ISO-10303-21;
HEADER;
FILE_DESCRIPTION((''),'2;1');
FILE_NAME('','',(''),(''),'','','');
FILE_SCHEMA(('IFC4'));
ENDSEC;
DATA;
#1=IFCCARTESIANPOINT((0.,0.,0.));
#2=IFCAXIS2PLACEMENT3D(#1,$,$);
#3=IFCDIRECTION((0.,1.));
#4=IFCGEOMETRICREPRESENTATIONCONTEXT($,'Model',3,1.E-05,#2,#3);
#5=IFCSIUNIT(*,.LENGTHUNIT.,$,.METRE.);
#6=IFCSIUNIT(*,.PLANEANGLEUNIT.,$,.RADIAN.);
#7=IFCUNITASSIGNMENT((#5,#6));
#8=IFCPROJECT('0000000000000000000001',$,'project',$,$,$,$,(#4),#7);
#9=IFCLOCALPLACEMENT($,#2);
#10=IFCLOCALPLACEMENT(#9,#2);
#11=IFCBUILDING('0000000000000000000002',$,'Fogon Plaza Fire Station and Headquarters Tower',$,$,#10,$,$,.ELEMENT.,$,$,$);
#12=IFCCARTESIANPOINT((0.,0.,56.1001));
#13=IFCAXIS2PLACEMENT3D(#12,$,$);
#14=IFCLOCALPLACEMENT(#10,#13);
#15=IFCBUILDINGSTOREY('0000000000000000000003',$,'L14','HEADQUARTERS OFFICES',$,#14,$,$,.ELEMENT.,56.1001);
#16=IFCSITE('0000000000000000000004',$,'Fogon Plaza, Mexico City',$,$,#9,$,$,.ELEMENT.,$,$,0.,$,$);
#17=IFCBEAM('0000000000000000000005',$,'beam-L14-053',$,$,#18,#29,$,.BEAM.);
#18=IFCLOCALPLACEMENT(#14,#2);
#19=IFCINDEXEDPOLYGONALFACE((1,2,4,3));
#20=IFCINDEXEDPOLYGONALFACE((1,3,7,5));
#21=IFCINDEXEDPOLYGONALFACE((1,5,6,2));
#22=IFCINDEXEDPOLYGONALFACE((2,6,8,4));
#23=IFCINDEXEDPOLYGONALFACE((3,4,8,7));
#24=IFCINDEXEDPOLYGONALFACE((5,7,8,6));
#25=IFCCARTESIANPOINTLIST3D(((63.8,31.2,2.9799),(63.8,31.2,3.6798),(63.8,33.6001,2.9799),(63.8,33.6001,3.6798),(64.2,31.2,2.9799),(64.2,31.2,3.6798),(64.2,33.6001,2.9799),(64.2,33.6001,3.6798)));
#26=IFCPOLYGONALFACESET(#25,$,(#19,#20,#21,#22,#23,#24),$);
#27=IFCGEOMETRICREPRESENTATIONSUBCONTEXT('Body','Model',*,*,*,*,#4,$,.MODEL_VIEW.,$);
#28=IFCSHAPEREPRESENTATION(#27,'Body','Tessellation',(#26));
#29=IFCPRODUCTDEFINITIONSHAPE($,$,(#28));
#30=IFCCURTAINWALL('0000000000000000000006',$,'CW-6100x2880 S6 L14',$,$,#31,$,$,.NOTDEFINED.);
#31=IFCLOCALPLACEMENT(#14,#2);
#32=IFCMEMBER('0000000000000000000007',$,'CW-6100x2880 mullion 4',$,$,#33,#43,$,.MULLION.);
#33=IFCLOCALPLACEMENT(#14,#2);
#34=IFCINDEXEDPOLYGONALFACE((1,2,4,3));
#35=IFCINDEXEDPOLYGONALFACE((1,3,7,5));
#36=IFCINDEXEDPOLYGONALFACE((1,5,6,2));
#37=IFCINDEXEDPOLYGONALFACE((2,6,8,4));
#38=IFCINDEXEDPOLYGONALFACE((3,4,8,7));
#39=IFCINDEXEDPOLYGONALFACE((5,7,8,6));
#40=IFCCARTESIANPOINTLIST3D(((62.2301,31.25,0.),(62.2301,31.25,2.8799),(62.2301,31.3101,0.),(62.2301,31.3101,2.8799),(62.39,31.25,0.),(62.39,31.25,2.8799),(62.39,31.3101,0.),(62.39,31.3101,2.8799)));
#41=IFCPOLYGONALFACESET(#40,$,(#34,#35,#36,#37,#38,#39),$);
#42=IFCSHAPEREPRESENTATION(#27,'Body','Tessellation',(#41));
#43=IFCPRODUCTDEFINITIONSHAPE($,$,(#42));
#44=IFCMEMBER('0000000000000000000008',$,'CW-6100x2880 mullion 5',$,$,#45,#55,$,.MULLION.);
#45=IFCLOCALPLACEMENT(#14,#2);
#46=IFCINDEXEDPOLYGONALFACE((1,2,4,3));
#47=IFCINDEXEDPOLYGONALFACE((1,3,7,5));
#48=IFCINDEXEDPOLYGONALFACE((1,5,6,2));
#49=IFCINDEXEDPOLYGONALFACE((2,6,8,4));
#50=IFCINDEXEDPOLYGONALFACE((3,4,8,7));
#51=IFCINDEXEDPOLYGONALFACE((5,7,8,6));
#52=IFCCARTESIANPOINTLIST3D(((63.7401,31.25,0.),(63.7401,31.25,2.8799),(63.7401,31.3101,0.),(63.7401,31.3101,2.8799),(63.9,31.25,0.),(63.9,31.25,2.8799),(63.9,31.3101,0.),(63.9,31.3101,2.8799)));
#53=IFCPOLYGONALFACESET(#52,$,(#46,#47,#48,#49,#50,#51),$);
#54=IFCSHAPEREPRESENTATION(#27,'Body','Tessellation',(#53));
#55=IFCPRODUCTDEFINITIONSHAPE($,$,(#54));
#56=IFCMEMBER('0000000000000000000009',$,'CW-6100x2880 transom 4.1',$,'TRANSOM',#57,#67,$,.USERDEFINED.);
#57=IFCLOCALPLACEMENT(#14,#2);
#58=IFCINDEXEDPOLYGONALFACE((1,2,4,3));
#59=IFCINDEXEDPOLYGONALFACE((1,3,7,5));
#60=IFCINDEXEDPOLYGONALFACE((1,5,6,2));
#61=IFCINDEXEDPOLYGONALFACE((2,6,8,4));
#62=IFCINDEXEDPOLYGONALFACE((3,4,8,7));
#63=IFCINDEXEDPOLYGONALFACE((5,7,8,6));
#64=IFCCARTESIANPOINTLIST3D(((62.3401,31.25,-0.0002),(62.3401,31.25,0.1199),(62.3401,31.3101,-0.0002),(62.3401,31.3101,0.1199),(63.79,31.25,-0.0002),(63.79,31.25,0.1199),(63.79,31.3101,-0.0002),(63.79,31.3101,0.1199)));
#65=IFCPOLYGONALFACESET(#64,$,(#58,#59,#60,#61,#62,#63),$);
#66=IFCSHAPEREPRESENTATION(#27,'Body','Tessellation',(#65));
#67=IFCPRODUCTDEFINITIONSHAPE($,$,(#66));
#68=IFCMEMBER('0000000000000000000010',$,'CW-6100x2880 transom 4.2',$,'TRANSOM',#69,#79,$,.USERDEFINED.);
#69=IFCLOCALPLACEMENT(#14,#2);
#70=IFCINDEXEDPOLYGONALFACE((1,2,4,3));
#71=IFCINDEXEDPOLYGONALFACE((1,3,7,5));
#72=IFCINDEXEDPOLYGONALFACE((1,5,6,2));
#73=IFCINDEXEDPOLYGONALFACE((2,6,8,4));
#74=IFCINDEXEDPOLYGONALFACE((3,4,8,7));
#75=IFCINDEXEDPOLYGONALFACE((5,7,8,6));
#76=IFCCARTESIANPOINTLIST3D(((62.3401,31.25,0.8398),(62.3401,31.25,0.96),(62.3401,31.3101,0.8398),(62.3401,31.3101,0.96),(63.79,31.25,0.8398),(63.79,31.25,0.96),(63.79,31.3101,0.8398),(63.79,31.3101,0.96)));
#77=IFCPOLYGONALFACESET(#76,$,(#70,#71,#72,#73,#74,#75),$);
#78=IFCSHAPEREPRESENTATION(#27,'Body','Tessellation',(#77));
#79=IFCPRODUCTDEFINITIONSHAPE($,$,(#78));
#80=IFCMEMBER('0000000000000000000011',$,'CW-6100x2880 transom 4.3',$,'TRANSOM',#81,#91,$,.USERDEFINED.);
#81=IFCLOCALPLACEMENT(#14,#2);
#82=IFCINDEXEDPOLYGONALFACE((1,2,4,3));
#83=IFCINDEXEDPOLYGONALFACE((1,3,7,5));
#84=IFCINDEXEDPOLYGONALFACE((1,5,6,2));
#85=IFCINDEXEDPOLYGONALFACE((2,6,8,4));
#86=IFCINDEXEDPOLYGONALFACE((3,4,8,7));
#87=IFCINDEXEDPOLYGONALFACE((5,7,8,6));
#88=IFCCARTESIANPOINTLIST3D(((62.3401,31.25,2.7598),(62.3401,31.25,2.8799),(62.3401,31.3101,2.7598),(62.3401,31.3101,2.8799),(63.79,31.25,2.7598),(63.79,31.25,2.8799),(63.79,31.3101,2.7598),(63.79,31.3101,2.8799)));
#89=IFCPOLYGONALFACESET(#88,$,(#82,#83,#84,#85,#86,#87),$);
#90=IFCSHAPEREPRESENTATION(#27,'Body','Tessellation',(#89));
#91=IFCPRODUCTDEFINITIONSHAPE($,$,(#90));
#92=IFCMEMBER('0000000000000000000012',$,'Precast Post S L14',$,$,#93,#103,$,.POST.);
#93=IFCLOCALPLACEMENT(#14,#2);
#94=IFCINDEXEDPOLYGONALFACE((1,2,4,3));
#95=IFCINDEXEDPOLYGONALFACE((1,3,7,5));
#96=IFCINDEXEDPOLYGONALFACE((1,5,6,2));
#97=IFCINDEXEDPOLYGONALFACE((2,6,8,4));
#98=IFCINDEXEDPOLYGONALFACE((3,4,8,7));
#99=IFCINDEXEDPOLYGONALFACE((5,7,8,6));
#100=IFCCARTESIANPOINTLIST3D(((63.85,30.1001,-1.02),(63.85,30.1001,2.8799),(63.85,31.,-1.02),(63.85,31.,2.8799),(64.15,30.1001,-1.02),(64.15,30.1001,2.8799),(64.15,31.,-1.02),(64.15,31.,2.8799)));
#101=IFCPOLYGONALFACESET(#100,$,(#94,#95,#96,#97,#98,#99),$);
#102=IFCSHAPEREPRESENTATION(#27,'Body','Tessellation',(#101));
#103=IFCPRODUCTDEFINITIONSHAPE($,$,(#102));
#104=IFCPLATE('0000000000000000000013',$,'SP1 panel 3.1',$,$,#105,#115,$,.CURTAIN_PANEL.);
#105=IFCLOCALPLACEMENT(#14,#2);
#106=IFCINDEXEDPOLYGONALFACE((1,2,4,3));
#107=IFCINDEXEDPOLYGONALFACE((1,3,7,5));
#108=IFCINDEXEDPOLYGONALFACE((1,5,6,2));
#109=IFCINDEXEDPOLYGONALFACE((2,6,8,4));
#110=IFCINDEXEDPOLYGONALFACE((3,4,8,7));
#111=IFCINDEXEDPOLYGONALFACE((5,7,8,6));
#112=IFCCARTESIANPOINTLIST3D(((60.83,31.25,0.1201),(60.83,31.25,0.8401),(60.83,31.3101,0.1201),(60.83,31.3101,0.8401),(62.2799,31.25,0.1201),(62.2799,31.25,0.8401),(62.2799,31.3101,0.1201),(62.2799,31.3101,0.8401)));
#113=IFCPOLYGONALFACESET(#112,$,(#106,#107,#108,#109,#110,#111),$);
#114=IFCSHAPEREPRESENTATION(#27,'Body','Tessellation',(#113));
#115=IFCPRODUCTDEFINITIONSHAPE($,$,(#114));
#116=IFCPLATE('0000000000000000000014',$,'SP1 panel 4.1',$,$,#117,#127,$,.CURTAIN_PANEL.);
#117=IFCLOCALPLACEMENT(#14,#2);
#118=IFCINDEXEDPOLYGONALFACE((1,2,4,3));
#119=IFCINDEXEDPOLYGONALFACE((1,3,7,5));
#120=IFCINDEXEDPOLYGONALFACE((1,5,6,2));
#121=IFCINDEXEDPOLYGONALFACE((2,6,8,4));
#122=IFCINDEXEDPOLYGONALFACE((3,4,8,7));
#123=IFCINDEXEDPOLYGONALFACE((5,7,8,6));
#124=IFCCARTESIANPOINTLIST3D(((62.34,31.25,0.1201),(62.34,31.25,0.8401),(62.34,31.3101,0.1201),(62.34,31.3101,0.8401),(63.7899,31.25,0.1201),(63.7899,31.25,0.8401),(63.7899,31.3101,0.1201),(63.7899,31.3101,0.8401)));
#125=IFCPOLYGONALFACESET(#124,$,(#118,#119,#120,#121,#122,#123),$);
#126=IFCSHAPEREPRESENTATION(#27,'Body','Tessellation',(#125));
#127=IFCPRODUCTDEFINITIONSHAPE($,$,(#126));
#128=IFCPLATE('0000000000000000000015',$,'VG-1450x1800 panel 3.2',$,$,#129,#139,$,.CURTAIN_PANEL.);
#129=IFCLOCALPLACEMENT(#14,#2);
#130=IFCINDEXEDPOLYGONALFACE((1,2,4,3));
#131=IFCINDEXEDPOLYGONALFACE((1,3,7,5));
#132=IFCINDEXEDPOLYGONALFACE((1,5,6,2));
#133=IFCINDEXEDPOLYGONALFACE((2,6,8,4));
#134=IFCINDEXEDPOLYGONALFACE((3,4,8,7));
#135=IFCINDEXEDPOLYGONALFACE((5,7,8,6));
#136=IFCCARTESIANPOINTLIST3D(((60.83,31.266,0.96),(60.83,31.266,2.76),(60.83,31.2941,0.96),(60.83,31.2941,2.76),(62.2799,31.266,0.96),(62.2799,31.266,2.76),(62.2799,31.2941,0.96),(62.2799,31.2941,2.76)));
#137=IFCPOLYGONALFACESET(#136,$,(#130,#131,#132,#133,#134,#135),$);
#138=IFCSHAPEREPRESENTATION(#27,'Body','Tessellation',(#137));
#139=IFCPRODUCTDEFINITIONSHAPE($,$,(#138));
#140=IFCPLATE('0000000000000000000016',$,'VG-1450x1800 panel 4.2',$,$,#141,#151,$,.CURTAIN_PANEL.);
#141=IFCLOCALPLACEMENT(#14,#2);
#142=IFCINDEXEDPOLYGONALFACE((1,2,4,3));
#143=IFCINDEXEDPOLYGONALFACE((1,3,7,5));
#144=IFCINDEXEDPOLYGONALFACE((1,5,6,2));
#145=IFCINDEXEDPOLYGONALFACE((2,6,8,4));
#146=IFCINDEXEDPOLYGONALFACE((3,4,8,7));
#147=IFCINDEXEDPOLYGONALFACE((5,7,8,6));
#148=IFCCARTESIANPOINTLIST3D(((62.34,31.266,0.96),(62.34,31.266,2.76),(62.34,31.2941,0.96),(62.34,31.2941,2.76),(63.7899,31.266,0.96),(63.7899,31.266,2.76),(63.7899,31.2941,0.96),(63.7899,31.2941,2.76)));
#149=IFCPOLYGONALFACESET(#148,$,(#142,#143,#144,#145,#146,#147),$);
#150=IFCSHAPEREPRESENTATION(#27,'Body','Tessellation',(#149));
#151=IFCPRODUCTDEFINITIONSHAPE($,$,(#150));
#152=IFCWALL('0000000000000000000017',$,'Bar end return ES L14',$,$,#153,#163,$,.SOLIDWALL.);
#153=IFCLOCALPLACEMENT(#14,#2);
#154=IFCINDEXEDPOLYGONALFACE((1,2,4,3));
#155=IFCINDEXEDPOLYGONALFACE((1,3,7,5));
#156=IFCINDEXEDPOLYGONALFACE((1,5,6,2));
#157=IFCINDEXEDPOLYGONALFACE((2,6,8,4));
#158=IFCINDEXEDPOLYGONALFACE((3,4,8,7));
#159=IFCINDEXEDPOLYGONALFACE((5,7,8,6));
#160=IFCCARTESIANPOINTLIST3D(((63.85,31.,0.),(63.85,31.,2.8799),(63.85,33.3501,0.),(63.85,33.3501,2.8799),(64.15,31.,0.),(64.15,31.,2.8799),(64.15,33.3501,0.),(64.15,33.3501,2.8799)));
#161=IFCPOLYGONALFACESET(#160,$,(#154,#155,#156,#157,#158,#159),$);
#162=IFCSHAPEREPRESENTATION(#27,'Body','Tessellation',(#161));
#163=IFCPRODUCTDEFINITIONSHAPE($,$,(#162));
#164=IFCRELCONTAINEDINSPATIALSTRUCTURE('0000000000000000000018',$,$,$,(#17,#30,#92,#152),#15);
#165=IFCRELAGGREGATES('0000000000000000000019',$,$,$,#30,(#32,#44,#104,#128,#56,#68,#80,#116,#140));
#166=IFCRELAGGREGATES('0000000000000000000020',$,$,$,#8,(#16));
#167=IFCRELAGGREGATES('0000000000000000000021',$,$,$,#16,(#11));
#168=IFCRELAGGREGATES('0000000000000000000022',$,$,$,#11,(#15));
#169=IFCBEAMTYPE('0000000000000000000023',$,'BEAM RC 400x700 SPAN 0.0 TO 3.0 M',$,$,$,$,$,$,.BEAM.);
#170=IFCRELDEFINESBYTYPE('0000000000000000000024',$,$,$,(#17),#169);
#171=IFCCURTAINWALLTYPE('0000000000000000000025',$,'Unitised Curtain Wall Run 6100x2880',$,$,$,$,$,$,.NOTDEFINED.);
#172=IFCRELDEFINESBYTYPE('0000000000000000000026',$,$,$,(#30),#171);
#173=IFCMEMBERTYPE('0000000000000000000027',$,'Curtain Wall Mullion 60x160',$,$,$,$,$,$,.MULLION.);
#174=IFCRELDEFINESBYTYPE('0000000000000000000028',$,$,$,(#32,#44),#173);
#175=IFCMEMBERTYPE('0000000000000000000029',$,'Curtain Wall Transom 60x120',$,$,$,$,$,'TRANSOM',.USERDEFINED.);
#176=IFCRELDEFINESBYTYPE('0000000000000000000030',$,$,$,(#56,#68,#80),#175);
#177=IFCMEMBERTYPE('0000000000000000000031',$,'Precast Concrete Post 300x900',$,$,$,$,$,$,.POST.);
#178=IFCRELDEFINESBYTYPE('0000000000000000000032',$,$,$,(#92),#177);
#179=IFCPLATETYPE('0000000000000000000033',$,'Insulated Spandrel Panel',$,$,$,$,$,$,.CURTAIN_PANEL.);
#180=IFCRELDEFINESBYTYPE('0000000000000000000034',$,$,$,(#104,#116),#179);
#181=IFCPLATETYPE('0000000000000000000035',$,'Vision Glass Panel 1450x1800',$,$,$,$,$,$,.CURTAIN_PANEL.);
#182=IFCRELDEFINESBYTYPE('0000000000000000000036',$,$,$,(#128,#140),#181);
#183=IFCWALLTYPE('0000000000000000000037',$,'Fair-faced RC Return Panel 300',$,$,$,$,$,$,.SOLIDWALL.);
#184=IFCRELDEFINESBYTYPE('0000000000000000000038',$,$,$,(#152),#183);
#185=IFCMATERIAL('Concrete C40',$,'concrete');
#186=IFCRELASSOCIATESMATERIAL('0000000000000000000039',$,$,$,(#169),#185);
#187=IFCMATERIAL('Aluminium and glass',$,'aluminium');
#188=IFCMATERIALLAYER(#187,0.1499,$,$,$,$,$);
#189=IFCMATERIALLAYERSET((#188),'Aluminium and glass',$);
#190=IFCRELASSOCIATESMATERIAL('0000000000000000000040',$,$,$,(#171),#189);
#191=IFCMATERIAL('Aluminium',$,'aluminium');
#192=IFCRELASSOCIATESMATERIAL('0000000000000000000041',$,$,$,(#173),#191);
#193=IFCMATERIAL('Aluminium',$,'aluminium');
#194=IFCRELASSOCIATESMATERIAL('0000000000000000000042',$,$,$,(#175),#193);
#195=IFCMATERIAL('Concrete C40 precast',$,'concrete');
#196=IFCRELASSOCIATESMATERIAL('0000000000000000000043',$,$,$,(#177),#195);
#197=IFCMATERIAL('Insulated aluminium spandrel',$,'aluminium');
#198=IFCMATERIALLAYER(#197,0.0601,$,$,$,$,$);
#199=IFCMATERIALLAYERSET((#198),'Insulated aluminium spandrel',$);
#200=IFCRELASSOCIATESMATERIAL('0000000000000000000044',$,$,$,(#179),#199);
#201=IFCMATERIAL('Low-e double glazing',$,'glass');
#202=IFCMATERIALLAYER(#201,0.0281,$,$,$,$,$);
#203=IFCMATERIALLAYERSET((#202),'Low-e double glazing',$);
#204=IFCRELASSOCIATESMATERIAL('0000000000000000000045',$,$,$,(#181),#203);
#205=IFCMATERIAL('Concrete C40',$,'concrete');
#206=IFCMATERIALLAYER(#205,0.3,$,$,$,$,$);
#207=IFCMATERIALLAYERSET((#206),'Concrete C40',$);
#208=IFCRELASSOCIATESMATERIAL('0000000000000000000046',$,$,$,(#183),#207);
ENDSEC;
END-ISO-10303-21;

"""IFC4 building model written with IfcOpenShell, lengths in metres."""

from ifc_helpers import new_model, si_unit, direction, frame, frame_2d, origin, origin_2d, place, context, subcontext, project, spatial, rectangle, extrude, material, layer, layer_set, material_profile, profile_set, type_object, element, aggregate, save


model = new_model("IFC4")

# Units and contexts
model_context = context("Model", 3, precision=1e-05, world=origin(), true_north=direction((0.0, 1.0)))
body_context = subcontext(model_context, "Body", "Model", "MODEL_VIEW")
ifc_project = project(units=[si_unit("LENGTHUNIT", "METRE"), si_unit("PLANEANGLEUNIT", "RADIAN")], contexts=[model_context])

# Site, building, storey
site_placement = place(None, origin())
site = spatial("IfcSite", under=ifc_project, at=site_placement, Name="Fogon Plaza, Mexico City", CompositionType="ELEMENT", RefElevation=0.0)
building_placement = place(site_placement, origin())
building = spatial("IfcBuilding", under=site, at=building_placement, Name="Fogon Plaza Fire Station and Headquarters Tower", CompositionType="ELEMENT")
storey_placement = place(building_placement, frame((0.0, 0.0, 56.1001)))
storey = spatial("IfcBuildingStorey", under=building, at=storey_placement, Name="L14", Description="HEADQUARTERS OFFICES", CompositionType="ELEMENT", Elevation=56.1001)

# Beam
ifc_material_1 = material(Name="Concrete C40", Category="concrete")
ifc_material_profile_1 = material_profile(ifc_material_1, rectangle(XDim=0.3999, YDim=0.7, at=origin_2d()), Name="RC 400x700")
ifc_profile_set_1 = profile_set([ifc_material_profile_1], Name="Concrete C40")
beam_type = type_object("IfcBeamType", Name="BEAM RC 400x700 SPAN 0.0 TO 3.0 M", PredefinedType="BEAM", material=ifc_profile_set_1)
beam_placement = place(storey_placement, frame((64.0, 31.2, 3.3298), z_axis=(0.0, 1.0, 0.0), x_axis=(-1.0, 0.0, 0.0)))
element("IfcBeam", 1, at=beam_placement, inside=storey, type_object=beam_type, Name="beam-L14-053", PredefinedType="BEAM", context=body_context, shape_type="SweptSolid", body=[
    extrude(rectangle(XDim=0.3999, YDim=0.7, at=origin_2d()), origin(), (0.0, 0.0, 1.0), 2.4001),
])

# Curtain wall, members
ifc_material_2 = material(Name="Aluminium and glass", Category="aluminium")
ifc_layer_1 = layer(ifc_material_2, 0.1499)
ifc_layer_set_1 = layer_set([ifc_layer_1], Name="Aluminium and glass")
curtain_wall_type = type_object("IfcCurtainWallType", Name="Unitised Curtain Wall Run 6100x2880", PredefinedType="NOTDEFINED", material=ifc_layer_set_1)
curtain_wall_placement = place(storey_placement, origin())
curtain_wall = element("IfcCurtainWall", 2, at=curtain_wall_placement, inside=storey, type_object=curtain_wall_type, Name="CW-6100x2880 S6 L14", PredefinedType="NOTDEFINED")
ifc_material_3 = material(Name="Aluminium", Category="aluminium")
ifc_material_profile_2 = material_profile(ifc_material_3, rectangle(XDim=0.0601, YDim=0.1599, at=origin_2d()), Name="Curtain Wall Mullion 60x160")
ifc_profile_set_2 = profile_set([ifc_material_profile_2], Name="Aluminium")
member_type_1 = type_object("IfcMemberType", Name="Curtain Wall Mullion 60x160", PredefinedType="MULLION", material=ifc_profile_set_2)
member_1_placement = place(storey_placement, frame((62.3101, 31.28, 0.0), z_axis=(0.0, 0.0, 1.0), x_axis=(0.0, 1.0, 0.0)))
member_1 = element("IfcMember", 3, at=member_1_placement, type_object=member_type_1, Name="CW-6100x2880 mullion 4", PredefinedType="MULLION", context=body_context, shape_type="SweptSolid", body=[
    extrude(rectangle(XDim=0.0601, YDim=0.1599, at=origin_2d()), origin(), (0.0, 0.0, 1.0), 2.8799),
])
member_2_placement = place(storey_placement, frame((63.8201, 31.28, 0.0), z_axis=(0.0, 0.0, 1.0), x_axis=(0.0, 1.0, 0.0)))
member_2 = element("IfcMember", 4, at=member_2_placement, type_object=member_type_1, Name="CW-6100x2880 mullion 5", PredefinedType="MULLION", context=body_context, shape_type="SweptSolid", body=[
    extrude(rectangle(XDim=0.0601, YDim=0.1599, at=origin_2d()), origin(), (0.0, 0.0, 1.0), 2.8799),
])
ifc_material_4 = material(Name="Aluminium", Category="aluminium")
ifc_material_profile_3 = material_profile(ifc_material_4, rectangle(XDim=0.0601, YDim=0.1201, at=origin_2d()), Name="Curtain Wall Transom 60x120")
ifc_profile_set_3 = profile_set([ifc_material_profile_3], Name="Aluminium")
member_type_2 = type_object("IfcMemberType", Name="Curtain Wall Transom 60x120", ElementType="TRANSOM", PredefinedType="USERDEFINED", material=ifc_profile_set_3)
member_3_placement = place(storey_placement, frame((62.3401, 31.28, 0.0598), z_axis=(1.0, 0.0, 0.0), x_axis=(0.0, 1.0, 0.0)))
member_3 = element("IfcMember", 5, at=member_3_placement, type_object=member_type_2, Name="CW-6100x2880 transom 4.1", ObjectType="TRANSOM", PredefinedType="USERDEFINED", context=body_context, shape_type="SweptSolid", body=[
    extrude(rectangle(XDim=0.0601, YDim=0.1201, at=origin_2d()), origin(), (0.0, 0.0, 1.0), 1.45),
])
member_4_placement = place(storey_placement, frame((62.3401, 31.28, 0.8999), z_axis=(1.0, 0.0, 0.0), x_axis=(0.0, 1.0, 0.0)))
member_4 = element("IfcMember", 6, at=member_4_placement, type_object=member_type_2, Name="CW-6100x2880 transom 4.2", ObjectType="TRANSOM", PredefinedType="USERDEFINED", context=body_context, shape_type="SweptSolid", body=[
    extrude(rectangle(XDim=0.0601, YDim=0.1201, at=origin_2d()), origin(), (0.0, 0.0, 1.0), 1.45),
])
member_5_placement = place(storey_placement, frame((62.3401, 31.28, 2.8198), z_axis=(1.0, 0.0, 0.0), x_axis=(0.0, 1.0, 0.0)))
member_5 = element("IfcMember", 7, at=member_5_placement, type_object=member_type_2, Name="CW-6100x2880 transom 4.3", ObjectType="TRANSOM", PredefinedType="USERDEFINED", context=body_context, shape_type="SweptSolid", body=[
    extrude(rectangle(XDim=0.0601, YDim=0.1201, at=origin_2d()), origin(), (0.0, 0.0, 1.0), 1.45),
])

# Member
ifc_material_5 = material(Name="Concrete C40 precast", Category="concrete")
ifc_material_profile_4 = material_profile(ifc_material_5, rectangle(XDim=0.3, YDim=0.8999, at=origin_2d()), Name="Precast Concrete Post 300x900")
ifc_profile_set_4 = profile_set([ifc_material_profile_4], Name="Concrete C40 precast")
member_type_3 = type_object("IfcMemberType", Name="Precast Concrete Post 300x900", PredefinedType="POST", material=ifc_profile_set_4)
member_6_placement = place(storey_placement, frame((64.0, 30.55, -1.02), z_axis=(0.0, 0.0, 1.0), x_axis=(1.0, 0.0, 0.0)))
element("IfcMember", 8, at=member_6_placement, inside=storey, type_object=member_type_3, Name="Precast Post S L14", PredefinedType="POST", context=body_context, shape_type="SweptSolid", body=[
    extrude(rectangle(XDim=0.3, YDim=0.8999, at=origin_2d()), origin(), (0.0, 0.0, 1.0), 3.8999),
])

# Plates
ifc_material_6 = material(Name="Insulated aluminium spandrel", Category="aluminium")
ifc_layer_2 = layer(ifc_material_6, 0.0601)
ifc_layer_set_2 = layer_set([ifc_layer_2], Name="Insulated aluminium spandrel")
plate_type_1 = type_object("IfcPlateType", Name="Insulated Spandrel Panel", PredefinedType="CURTAIN_PANEL", material=ifc_layer_set_2)
plate_1_placement = place(storey_placement, frame((61.5549, 31.28, 0.1201), z_axis=(0.0, 0.0, 1.0), x_axis=(1.0, 0.0, 0.0)))
plate_1 = element("IfcPlate", 9, at=plate_1_placement, type_object=plate_type_1, Name="SP1 panel 3.1", PredefinedType="CURTAIN_PANEL", context=body_context, shape_type="SweptSolid", body=[
    extrude(rectangle(XDim=1.45, YDim=0.0601, at=origin_2d()), origin(), (0.0, 0.0, 1.0), 0.72),
])
plate_2_placement = place(storey_placement, frame((63.0649, 31.28, 0.1201), z_axis=(0.0, 0.0, 1.0), x_axis=(1.0, 0.0, 0.0)))
plate_2 = element("IfcPlate", 10, at=plate_2_placement, type_object=plate_type_1, Name="SP1 panel 4.1", PredefinedType="CURTAIN_PANEL", context=body_context, shape_type="SweptSolid", body=[
    extrude(rectangle(XDim=1.45, YDim=0.0601, at=origin_2d()), origin(), (0.0, 0.0, 1.0), 0.72),
])
ifc_material_7 = material(Name="Low-e double glazing", Category="glass")
ifc_layer_3 = layer(ifc_material_7, 0.0281)
ifc_layer_set_3 = layer_set([ifc_layer_3], Name="Low-e double glazing")
plate_type_2 = type_object("IfcPlateType", Name="Vision Glass Panel 1450x1800", PredefinedType="CURTAIN_PANEL", material=ifc_layer_set_3)
plate_3_placement = place(storey_placement, frame((61.5549, 31.28, 0.96), z_axis=(0.0, 0.0, 1.0), x_axis=(1.0, 0.0, 0.0)))
plate_3 = element("IfcPlate", 11, at=plate_3_placement, type_object=plate_type_2, Name="VG-1450x1800 panel 3.2", PredefinedType="CURTAIN_PANEL", context=body_context, shape_type="SweptSolid", body=[
    extrude(rectangle(XDim=1.45, YDim=0.0281, at=origin_2d()), origin(), (0.0, 0.0, 1.0), 1.8),
])
plate_4_placement = place(storey_placement, frame((63.0649, 31.28, 0.96), z_axis=(0.0, 0.0, 1.0), x_axis=(1.0, 0.0, 0.0)))
plate_4 = element("IfcPlate", 12, at=plate_4_placement, type_object=plate_type_2, Name="VG-1450x1800 panel 4.2", PredefinedType="CURTAIN_PANEL", context=body_context, shape_type="SweptSolid", body=[
    extrude(rectangle(XDim=1.45, YDim=0.0281, at=origin_2d()), origin(), (0.0, 0.0, 1.0), 1.8),
])
aggregate(curtain_wall, [member_1, member_2, plate_1, plate_3, member_3, member_4, member_5, plate_2, plate_4])

# Wall
ifc_material_8 = material(Name="Concrete C40", Category="concrete")
ifc_layer_4 = layer(ifc_material_8, 0.3)
ifc_layer_set_4 = layer_set([ifc_layer_4], Name="Concrete C40")
wall_type_1 = type_object("IfcWallType", Name="Fair-faced RC Return Panel 300", PredefinedType="SOLIDWALL", material=ifc_layer_set_4)
wall_1_placement = place(storey_placement, frame((64.0, 31.0, 0.0), z_axis=(0.0, 0.0, 1.0), x_axis=(0.0, 1.0, 0.0)))
element("IfcWall", 13, at=wall_1_placement, inside=storey, type_object=wall_type_1, Name="Bar end return ES L14", PredefinedType="SOLIDWALL", context=body_context, shape_type="SweptSolid", body=[
    extrude(rectangle(XDim=2.3501, YDim=0.3, at=frame_2d((1.175, 0.0))), origin(), (0.0, 0.0, 1.0), 2.8799),
])

save(model, "model.ifc")
